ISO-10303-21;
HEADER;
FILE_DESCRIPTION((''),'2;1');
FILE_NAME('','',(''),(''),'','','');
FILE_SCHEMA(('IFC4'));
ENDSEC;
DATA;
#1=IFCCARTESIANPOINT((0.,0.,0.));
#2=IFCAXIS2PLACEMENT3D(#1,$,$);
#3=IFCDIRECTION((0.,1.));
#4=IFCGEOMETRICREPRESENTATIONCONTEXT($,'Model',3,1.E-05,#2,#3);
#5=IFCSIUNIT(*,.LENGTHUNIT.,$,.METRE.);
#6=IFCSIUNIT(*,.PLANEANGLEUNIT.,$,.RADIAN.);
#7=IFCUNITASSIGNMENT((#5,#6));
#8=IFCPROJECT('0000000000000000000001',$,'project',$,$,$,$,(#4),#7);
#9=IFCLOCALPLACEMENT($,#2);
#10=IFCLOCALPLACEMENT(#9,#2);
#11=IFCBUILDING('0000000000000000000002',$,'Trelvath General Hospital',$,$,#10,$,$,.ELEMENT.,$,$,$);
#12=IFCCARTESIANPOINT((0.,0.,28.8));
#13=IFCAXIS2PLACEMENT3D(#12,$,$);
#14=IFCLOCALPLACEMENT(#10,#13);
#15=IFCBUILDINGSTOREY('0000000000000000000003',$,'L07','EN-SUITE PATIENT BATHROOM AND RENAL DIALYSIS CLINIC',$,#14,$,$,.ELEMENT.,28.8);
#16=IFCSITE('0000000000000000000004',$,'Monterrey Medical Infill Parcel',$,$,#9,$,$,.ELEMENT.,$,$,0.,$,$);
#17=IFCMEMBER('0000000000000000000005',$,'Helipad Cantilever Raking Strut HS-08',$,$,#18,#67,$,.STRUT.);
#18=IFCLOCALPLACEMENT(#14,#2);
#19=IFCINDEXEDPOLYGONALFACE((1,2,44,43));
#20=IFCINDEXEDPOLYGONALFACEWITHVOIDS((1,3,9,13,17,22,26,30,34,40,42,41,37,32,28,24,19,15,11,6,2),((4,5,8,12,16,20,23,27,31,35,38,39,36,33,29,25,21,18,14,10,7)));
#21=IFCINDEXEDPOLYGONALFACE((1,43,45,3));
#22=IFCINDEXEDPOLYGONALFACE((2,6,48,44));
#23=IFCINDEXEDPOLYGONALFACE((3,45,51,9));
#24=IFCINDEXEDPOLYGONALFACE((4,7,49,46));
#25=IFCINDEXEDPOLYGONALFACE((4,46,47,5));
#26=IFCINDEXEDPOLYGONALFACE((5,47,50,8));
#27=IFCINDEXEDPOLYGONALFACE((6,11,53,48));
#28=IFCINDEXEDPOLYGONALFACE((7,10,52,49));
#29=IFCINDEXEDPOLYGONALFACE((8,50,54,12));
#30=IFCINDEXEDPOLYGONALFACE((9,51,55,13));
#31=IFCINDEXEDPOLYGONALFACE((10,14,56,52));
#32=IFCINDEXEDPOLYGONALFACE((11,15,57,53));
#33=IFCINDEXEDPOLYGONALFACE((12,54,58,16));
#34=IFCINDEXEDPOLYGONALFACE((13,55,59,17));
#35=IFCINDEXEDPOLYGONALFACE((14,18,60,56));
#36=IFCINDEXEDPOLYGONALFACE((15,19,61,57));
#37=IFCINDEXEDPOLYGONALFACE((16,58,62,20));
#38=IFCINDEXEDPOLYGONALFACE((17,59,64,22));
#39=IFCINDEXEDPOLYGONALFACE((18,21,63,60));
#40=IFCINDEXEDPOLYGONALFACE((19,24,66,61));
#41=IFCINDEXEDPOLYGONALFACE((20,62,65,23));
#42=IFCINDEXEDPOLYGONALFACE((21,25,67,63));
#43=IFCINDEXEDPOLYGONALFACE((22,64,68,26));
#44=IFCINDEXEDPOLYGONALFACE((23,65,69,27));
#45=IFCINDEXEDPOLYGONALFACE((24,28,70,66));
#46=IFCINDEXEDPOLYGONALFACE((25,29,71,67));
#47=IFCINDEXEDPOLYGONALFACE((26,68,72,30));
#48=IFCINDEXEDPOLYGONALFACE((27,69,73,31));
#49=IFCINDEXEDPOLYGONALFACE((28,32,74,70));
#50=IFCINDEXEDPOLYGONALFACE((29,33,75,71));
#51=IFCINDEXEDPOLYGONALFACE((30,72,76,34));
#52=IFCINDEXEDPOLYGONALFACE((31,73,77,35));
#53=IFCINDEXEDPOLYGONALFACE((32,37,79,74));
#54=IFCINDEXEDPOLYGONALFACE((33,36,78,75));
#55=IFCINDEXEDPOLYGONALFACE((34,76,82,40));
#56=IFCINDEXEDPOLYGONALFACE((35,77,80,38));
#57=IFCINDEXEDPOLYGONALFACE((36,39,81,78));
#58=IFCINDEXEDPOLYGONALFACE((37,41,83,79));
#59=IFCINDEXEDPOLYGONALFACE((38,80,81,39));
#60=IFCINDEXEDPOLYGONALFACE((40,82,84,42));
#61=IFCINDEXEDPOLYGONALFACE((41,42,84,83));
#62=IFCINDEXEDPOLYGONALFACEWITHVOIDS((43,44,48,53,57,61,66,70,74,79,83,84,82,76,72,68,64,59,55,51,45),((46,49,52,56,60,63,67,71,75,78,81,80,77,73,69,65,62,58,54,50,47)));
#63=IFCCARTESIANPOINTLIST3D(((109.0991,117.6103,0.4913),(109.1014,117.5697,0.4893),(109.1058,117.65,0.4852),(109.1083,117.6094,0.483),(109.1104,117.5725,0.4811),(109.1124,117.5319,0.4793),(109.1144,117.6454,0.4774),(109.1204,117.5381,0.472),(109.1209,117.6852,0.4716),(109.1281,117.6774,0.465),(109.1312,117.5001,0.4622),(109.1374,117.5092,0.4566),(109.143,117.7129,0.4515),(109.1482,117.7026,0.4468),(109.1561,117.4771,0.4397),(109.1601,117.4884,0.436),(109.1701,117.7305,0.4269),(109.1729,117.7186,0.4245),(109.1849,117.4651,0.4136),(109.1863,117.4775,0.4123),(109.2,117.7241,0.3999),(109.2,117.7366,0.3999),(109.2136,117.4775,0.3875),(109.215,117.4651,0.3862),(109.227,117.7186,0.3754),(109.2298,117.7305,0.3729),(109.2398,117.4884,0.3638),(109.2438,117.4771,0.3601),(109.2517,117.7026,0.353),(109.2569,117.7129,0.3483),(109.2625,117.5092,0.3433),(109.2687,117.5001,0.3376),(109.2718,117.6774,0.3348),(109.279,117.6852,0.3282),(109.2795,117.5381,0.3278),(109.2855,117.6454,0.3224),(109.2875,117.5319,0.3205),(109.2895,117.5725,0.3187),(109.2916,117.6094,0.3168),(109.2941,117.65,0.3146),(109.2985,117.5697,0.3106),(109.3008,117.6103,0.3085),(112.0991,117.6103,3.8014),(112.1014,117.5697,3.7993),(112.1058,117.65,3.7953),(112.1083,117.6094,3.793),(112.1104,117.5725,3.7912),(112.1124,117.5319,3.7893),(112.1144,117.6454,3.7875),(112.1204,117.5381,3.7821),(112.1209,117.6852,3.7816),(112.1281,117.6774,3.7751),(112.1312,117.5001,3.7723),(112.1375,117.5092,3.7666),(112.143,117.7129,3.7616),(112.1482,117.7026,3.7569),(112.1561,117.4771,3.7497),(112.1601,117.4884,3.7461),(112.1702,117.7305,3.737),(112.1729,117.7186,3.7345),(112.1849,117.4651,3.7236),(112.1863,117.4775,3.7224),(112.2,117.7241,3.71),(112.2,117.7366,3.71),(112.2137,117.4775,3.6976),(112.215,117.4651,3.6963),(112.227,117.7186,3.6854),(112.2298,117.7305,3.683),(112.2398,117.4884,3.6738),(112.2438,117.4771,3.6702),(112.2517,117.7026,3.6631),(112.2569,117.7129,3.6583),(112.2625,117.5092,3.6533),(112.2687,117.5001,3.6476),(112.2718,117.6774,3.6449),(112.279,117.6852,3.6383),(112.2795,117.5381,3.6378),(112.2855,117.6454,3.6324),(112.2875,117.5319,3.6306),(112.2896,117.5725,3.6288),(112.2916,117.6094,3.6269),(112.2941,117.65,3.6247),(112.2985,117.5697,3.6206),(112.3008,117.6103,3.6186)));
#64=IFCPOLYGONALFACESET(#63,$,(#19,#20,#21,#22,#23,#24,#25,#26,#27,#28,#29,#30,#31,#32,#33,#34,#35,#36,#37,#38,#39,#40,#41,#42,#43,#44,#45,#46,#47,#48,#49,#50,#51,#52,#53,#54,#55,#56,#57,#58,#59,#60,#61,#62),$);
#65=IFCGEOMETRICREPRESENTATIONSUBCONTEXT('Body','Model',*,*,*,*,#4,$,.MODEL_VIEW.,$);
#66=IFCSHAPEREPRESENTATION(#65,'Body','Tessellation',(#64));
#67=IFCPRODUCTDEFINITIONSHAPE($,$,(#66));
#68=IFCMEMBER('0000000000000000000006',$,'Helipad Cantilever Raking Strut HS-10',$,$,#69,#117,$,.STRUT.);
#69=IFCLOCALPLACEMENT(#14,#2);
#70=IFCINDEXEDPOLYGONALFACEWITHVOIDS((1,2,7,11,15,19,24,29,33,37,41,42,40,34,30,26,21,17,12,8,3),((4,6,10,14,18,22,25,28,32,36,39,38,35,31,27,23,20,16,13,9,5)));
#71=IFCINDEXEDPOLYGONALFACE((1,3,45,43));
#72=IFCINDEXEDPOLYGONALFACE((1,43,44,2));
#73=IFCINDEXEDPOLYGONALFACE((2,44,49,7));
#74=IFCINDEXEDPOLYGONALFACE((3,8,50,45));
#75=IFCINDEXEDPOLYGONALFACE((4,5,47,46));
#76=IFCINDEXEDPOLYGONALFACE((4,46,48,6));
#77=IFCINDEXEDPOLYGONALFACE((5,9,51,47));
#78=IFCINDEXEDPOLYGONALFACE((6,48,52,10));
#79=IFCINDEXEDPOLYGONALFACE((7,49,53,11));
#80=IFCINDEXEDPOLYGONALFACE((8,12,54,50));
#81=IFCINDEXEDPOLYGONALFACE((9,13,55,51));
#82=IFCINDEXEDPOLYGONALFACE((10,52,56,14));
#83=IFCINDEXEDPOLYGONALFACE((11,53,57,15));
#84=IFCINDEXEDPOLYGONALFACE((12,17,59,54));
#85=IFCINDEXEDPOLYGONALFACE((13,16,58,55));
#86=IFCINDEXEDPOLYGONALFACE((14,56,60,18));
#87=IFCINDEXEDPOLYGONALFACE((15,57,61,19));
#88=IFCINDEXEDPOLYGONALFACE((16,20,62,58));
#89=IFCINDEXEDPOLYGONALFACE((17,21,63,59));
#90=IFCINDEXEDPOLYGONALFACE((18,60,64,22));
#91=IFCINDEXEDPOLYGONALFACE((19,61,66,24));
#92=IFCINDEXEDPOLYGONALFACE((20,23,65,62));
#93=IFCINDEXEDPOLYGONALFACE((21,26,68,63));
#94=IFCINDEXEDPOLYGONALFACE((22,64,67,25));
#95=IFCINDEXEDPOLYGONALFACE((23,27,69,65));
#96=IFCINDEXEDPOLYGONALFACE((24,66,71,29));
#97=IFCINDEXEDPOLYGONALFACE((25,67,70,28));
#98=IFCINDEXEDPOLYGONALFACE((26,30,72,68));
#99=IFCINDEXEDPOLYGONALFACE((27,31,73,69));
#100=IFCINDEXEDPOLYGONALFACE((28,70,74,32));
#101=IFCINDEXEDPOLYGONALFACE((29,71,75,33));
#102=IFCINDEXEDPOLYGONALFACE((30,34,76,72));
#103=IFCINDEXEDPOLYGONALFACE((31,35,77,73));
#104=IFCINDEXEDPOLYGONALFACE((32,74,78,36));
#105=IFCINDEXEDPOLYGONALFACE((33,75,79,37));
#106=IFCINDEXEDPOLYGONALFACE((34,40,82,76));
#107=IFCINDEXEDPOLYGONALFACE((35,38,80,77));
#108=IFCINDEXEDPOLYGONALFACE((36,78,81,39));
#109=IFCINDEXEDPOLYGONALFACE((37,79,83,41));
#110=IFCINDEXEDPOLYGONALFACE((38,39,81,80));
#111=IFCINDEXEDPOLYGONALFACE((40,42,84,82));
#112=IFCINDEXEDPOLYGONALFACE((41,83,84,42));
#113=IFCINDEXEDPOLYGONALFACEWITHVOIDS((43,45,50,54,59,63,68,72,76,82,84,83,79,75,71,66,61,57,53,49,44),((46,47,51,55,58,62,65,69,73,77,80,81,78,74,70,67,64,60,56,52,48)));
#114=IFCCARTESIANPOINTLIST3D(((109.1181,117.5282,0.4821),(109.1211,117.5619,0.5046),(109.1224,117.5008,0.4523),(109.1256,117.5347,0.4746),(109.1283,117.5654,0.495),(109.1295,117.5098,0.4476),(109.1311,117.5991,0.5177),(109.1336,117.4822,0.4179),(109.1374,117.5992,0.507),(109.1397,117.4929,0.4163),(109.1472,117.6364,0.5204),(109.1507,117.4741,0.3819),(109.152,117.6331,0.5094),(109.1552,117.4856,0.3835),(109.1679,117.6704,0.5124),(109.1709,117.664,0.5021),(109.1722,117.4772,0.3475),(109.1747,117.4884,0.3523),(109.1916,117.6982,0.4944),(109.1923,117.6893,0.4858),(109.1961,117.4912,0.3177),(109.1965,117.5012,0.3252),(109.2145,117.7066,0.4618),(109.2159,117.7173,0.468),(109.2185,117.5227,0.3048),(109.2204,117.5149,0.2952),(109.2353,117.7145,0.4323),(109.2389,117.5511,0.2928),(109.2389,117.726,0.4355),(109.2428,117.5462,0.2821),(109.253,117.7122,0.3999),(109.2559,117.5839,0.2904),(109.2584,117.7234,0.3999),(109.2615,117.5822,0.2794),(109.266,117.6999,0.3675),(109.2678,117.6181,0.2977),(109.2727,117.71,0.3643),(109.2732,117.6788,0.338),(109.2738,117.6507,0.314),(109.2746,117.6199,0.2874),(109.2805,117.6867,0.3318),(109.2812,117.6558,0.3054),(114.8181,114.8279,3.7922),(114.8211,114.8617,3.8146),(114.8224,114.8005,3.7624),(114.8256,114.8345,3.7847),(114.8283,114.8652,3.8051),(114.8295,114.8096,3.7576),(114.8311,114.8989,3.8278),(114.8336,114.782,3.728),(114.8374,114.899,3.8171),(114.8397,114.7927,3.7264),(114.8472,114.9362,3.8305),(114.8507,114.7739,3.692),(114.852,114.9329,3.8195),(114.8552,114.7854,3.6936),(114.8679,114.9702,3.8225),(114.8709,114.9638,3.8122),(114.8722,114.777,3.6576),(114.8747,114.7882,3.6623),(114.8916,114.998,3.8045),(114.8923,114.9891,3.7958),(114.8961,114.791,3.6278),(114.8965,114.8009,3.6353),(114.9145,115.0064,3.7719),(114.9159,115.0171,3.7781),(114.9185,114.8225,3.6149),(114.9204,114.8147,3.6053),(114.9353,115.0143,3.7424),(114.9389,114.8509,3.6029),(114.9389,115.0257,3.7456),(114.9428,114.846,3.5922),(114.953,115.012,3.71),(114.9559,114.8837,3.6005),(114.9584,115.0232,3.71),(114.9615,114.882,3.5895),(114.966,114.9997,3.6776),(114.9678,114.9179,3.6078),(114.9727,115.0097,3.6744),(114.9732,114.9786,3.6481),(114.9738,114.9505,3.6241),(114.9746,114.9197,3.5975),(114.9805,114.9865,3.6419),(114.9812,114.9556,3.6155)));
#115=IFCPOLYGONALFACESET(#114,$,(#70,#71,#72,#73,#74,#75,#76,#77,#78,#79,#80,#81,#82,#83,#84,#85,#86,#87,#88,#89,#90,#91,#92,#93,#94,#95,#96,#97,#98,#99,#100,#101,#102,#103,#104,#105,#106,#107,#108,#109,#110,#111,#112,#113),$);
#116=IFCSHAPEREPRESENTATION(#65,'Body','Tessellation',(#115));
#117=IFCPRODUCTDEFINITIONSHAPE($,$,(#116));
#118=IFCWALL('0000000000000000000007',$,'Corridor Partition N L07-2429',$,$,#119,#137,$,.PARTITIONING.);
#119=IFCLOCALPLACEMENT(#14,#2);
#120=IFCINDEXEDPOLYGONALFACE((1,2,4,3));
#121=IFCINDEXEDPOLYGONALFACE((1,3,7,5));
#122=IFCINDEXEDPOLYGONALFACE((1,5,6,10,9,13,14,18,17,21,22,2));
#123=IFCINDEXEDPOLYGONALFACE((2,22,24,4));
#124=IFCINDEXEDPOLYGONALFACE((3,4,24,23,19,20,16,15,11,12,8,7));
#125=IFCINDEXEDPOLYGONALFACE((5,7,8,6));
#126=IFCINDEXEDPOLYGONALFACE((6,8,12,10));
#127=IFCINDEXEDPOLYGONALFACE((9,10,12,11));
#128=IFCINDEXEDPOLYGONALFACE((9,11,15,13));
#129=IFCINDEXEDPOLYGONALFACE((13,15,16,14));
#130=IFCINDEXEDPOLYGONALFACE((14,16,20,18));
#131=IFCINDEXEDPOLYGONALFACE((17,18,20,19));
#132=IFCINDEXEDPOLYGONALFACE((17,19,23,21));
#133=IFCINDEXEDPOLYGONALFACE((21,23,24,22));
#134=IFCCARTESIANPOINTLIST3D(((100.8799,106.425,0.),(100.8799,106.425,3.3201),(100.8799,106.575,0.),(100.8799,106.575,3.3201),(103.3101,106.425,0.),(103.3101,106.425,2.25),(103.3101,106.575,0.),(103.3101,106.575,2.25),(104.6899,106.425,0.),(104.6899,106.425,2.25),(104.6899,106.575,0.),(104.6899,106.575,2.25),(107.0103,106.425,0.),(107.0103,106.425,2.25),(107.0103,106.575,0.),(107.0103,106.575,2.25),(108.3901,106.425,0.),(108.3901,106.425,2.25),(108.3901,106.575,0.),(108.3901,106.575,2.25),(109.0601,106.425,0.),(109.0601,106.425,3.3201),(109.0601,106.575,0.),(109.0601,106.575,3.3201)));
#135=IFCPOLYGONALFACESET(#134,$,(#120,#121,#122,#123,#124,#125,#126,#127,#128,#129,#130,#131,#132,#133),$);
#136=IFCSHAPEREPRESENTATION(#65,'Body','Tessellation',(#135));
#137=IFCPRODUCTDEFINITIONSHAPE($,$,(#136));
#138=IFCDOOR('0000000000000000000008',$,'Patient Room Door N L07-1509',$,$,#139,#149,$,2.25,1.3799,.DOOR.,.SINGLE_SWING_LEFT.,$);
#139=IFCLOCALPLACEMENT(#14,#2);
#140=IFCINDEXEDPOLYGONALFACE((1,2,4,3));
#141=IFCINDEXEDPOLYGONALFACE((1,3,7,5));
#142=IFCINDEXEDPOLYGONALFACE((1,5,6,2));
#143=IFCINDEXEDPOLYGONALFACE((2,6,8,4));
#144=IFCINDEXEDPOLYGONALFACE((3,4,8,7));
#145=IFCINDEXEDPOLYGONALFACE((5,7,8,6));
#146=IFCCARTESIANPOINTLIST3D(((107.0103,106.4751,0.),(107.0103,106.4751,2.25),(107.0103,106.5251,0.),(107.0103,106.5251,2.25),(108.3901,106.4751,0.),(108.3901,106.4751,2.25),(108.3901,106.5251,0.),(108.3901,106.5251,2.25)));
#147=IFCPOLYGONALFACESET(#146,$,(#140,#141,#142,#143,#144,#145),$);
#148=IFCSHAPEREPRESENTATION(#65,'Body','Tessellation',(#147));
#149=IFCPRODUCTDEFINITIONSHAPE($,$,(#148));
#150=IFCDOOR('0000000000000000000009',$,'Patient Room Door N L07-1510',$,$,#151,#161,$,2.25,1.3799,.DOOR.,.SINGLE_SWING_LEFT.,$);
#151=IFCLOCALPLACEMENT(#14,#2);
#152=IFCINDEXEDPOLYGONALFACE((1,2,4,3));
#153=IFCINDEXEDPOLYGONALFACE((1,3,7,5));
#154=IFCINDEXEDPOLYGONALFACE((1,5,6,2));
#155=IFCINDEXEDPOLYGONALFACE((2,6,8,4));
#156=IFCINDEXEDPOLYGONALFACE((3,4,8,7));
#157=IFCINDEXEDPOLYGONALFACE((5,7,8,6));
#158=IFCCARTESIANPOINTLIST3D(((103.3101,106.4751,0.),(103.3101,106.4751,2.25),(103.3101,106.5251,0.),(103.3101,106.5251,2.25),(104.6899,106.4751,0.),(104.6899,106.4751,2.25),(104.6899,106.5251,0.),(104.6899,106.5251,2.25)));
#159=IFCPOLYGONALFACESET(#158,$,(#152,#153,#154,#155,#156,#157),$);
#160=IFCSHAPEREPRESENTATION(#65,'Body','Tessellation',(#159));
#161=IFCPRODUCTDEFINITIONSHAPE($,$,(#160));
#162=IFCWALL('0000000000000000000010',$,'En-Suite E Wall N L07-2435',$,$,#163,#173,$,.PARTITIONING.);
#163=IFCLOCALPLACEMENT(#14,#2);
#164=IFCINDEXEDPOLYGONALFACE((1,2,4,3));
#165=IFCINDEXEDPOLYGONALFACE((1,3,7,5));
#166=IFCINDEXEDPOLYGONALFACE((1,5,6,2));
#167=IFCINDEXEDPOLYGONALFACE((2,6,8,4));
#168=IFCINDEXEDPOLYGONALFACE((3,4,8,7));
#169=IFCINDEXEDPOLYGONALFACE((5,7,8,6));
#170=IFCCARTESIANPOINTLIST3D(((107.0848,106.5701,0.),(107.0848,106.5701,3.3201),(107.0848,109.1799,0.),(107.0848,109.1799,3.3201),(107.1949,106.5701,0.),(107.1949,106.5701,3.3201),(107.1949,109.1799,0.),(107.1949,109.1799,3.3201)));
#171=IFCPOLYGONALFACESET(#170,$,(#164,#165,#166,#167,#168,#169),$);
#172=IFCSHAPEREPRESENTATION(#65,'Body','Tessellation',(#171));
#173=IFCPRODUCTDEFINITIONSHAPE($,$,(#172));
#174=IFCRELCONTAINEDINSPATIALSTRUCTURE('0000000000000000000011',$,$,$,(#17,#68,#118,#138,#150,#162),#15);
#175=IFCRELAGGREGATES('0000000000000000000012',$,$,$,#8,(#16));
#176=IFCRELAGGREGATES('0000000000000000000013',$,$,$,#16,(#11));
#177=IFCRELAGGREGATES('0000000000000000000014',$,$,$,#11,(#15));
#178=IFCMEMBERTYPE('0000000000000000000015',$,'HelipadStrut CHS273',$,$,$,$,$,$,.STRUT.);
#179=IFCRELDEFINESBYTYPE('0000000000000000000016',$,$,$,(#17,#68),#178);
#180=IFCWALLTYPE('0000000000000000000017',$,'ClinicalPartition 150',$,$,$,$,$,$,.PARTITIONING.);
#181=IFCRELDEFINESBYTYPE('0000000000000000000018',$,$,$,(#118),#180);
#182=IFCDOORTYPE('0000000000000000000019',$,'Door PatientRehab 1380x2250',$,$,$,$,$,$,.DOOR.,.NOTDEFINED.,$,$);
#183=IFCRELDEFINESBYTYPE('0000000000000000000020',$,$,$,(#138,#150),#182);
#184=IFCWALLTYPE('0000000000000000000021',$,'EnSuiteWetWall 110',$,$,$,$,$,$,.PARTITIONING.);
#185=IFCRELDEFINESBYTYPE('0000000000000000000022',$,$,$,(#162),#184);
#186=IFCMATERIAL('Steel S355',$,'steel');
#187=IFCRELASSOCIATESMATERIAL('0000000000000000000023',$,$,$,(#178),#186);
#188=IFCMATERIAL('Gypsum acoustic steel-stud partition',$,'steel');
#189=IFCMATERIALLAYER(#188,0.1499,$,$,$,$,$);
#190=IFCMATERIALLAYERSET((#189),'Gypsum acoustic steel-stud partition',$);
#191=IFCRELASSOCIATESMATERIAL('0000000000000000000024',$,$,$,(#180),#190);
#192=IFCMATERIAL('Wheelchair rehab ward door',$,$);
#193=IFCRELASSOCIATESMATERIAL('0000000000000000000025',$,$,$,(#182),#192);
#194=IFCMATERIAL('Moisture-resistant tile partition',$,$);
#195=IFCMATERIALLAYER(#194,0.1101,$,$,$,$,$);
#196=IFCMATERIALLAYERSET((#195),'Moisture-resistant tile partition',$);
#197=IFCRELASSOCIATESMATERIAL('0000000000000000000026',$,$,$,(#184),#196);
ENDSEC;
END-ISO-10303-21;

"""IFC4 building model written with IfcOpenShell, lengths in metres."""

from ifc_helpers import new_model, si_unit, direction, frame, frame_2d, origin, origin_2d, place, context, subcontext, project, spatial, rectangle, hollow_circle, extrude, material, layer, layer_set, material_profile, profile_set, type_object, element, fill, save


model = new_model("IFC4")

# Units and contexts
model_context = context("Model", 3, precision=1e-05, world=origin(), true_north=direction((0.0, 1.0)))
body_context = subcontext(model_context, "Body", "Model", "MODEL_VIEW")
ifc_project = project(units=[si_unit("LENGTHUNIT", "METRE"), si_unit("PLANEANGLEUNIT", "RADIAN")], contexts=[model_context])

# Site, building, storey
site_placement = place(None, origin())
site = spatial("IfcSite", under=ifc_project, at=site_placement, Name="Monterrey Medical Infill Parcel", CompositionType="ELEMENT", RefElevation=0.0)
building_placement = place(site_placement, origin())
building = spatial("IfcBuilding", under=site, at=building_placement, Name="Trelvath General Hospital", CompositionType="ELEMENT")
storey_placement = place(building_placement, frame((0.0, 0.0, 28.8)))
storey = spatial("IfcBuildingStorey", under=building, at=storey_placement, Name="L07", Description="EN-SUITE PATIENT BATHROOM AND RENAL DIALYSIS CLINIC", CompositionType="ELEMENT", Elevation=28.8)

# Members
ifc_material_1 = material(Name="Steel S355", Category="steel")
ifc_material_profile_1 = material_profile(ifc_material_1, hollow_circle(Radius=0.1365, WallThickness=0.0125, at=origin_2d()), Name="CHS273.0x12.5")
ifc_profile_set_1 = profile_set([ifc_material_profile_1], Name="Steel S355")
member_type = type_object("IfcMemberType", Name="HelipadStrut CHS273", PredefinedType="STRUT", material=ifc_profile_set_1)
member_1_placement = place(storey_placement, frame((109.2, 117.6001, 0.3999), z_axis=(0.671551, 0.0, 0.740958), x_axis=(0.0, 1.0, 0.0)))
element("IfcMember", 1, at=member_1_placement, inside=storey, type_object=member_type, Name="Helipad Cantilever Raking Strut HS-08", PredefinedType="STRUT", context=body_context, shape_type="SweptSolid", body=[
    extrude(hollow_circle(Radius=0.1365, WallThickness=0.0125, at=origin_2d()), origin(), (0.0, 0.0, 1.0), 4.4673),
])
member_2_placement = place(storey_placement, frame((109.2, 117.6001, 0.3999), z_axis=(0.800219, -0.379082, 0.464701), x_axis=(0.428115, 0.903724, 0.0)))
element("IfcMember", 2, at=member_2_placement, inside=storey, type_object=member_type, Name="Helipad Cantilever Raking Strut HS-10", PredefinedType="STRUT", context=body_context, shape_type="SweptSolid", body=[
    extrude(hollow_circle(Radius=0.1365, WallThickness=0.0125, at=origin_2d()), origin(), (0.0, 0.0, 1.0), 7.123),
])

# Wall, openings, doors
ifc_material_2 = material(Name="Gypsum acoustic steel-stud partition", Category="steel")
ifc_layer_1 = layer(ifc_material_2, 0.1499)
ifc_layer_set_1 = layer_set([ifc_layer_1], Name="Gypsum acoustic steel-stud partition")
wall_type_1 = type_object("IfcWallType", Name="ClinicalPartition 150", PredefinedType="PARTITIONING", material=ifc_layer_set_1)
wall_1_placement = place(storey_placement, frame((109.0601, 106.5, 0.0), z_axis=(0.0, 0.0, 1.0), x_axis=(-1.0, 0.0, 0.0)))
wall_1 = element("IfcWall", 3, at=wall_1_placement, inside=storey, type_object=wall_type_1, Name="Corridor Partition N L07-2429", PredefinedType="PARTITIONING", context=body_context, shape_type="SweptSolid", body=[
    extrude(rectangle(XDim=8.1802, YDim=0.1499, at=frame_2d((4.0901, 0.0))), origin(), (0.0, 0.0, 1.0), 3.3201),
])
opening_1_placement = place(wall_1_placement, frame((0.6699, 0.0, 0.0)))
opening_1 = element("IfcOpeningElement", 4, at=opening_1_placement, cuts=wall_1, PredefinedType="OPENING", context=body_context, shape_type="SweptSolid", body=[
    extrude(rectangle(XDim=1.3799, YDim=2.25, at=frame_2d((0.6899, 1.125))), frame((0.0, 0.085, 0.0), z_axis=(0.0, -1.0, 0.0), x_axis=(1.0, 0.0, 0.0)), (0.0, 0.0, 1.0), 0.1699),
])
opening_2_placement = place(wall_1_placement, frame((4.3701, 0.0, 0.0)))
opening_2 = element("IfcOpeningElement", 5, at=opening_2_placement, cuts=wall_1, PredefinedType="OPENING", context=body_context, shape_type="SweptSolid", body=[
    extrude(rectangle(XDim=1.3799, YDim=2.25, at=frame_2d((0.6899, 1.125))), frame((0.0, 0.085, 0.0), z_axis=(0.0, -1.0, 0.0), x_axis=(1.0, 0.0, 0.0)), (0.0, 0.0, 1.0), 0.1699),
])
ifc_material_3 = material(Name="Wheelchair rehab ward door")
door_type_1 = type_object("IfcDoorType", Name="Door PatientRehab 1380x2250", OperationType="NOTDEFINED", PredefinedType="DOOR", material=ifc_material_3)
door_1_placement = place(opening_1_placement, origin())
door_1 = element("IfcDoor", 6, at=door_1_placement, inside=storey, type_object=door_type_1, Name="Patient Room Door N L07-1509", OperationType="SINGLE_SWING_LEFT", OverallHeight=2.25, OverallWidth=1.3799, PredefinedType="DOOR", context=body_context, shape_type="SweptSolid", body=[
    extrude(rectangle(XDim=1.3799, YDim=2.25, at=frame_2d((0.6899, 1.125))), frame((0.0, 0.0249, 0.0), z_axis=(0.0, -1.0, 0.0), x_axis=(1.0, 0.0, 0.0)), (0.0, 0.0, 1.0), 0.05),
])
fill(opening_1, door_1)
door_2_placement = place(opening_2_placement, origin())
door_2 = element("IfcDoor", 7, at=door_2_placement, inside=storey, type_object=door_type_1, Name="Patient Room Door N L07-1510", OperationType="SINGLE_SWING_LEFT", OverallHeight=2.25, OverallWidth=1.3799, PredefinedType="DOOR", context=body_context, shape_type="SweptSolid", body=[
    extrude(rectangle(XDim=1.3799, YDim=2.25, at=frame_2d((0.6899, 1.125))), frame((0.0, 0.0249, 0.0), z_axis=(0.0, -1.0, 0.0), x_axis=(1.0, 0.0, 0.0)), (0.0, 0.0, 1.0), 0.05),
])
fill(opening_2, door_2)

# Wall
ifc_material_4 = material(Name="Moisture-resistant tile partition")
ifc_layer_2 = layer(ifc_material_4, 0.1101)
ifc_layer_set_2 = layer_set([ifc_layer_2], Name="Moisture-resistant tile partition")
wall_type_2 = type_object("IfcWallType", Name="EnSuiteWetWall 110", PredefinedType="PARTITIONING", material=ifc_layer_set_2)
wall_2_placement = place(storey_placement, frame((107.1399, 106.5701, 0.0), z_axis=(0.0, 0.0, 1.0), x_axis=(0.0, 1.0, 0.0)))
element("IfcWall", 8, at=wall_2_placement, inside=storey, type_object=wall_type_2, Name="En-Suite E Wall N L07-2435", PredefinedType="PARTITIONING", context=body_context, shape_type="SweptSolid", body=[
    extrude(rectangle(XDim=2.6099, YDim=0.1101, at=frame_2d((1.3049, 0.0))), origin(), (0.0, 0.0, 1.0), 3.3201),
])

save(model, "model.ifc")
